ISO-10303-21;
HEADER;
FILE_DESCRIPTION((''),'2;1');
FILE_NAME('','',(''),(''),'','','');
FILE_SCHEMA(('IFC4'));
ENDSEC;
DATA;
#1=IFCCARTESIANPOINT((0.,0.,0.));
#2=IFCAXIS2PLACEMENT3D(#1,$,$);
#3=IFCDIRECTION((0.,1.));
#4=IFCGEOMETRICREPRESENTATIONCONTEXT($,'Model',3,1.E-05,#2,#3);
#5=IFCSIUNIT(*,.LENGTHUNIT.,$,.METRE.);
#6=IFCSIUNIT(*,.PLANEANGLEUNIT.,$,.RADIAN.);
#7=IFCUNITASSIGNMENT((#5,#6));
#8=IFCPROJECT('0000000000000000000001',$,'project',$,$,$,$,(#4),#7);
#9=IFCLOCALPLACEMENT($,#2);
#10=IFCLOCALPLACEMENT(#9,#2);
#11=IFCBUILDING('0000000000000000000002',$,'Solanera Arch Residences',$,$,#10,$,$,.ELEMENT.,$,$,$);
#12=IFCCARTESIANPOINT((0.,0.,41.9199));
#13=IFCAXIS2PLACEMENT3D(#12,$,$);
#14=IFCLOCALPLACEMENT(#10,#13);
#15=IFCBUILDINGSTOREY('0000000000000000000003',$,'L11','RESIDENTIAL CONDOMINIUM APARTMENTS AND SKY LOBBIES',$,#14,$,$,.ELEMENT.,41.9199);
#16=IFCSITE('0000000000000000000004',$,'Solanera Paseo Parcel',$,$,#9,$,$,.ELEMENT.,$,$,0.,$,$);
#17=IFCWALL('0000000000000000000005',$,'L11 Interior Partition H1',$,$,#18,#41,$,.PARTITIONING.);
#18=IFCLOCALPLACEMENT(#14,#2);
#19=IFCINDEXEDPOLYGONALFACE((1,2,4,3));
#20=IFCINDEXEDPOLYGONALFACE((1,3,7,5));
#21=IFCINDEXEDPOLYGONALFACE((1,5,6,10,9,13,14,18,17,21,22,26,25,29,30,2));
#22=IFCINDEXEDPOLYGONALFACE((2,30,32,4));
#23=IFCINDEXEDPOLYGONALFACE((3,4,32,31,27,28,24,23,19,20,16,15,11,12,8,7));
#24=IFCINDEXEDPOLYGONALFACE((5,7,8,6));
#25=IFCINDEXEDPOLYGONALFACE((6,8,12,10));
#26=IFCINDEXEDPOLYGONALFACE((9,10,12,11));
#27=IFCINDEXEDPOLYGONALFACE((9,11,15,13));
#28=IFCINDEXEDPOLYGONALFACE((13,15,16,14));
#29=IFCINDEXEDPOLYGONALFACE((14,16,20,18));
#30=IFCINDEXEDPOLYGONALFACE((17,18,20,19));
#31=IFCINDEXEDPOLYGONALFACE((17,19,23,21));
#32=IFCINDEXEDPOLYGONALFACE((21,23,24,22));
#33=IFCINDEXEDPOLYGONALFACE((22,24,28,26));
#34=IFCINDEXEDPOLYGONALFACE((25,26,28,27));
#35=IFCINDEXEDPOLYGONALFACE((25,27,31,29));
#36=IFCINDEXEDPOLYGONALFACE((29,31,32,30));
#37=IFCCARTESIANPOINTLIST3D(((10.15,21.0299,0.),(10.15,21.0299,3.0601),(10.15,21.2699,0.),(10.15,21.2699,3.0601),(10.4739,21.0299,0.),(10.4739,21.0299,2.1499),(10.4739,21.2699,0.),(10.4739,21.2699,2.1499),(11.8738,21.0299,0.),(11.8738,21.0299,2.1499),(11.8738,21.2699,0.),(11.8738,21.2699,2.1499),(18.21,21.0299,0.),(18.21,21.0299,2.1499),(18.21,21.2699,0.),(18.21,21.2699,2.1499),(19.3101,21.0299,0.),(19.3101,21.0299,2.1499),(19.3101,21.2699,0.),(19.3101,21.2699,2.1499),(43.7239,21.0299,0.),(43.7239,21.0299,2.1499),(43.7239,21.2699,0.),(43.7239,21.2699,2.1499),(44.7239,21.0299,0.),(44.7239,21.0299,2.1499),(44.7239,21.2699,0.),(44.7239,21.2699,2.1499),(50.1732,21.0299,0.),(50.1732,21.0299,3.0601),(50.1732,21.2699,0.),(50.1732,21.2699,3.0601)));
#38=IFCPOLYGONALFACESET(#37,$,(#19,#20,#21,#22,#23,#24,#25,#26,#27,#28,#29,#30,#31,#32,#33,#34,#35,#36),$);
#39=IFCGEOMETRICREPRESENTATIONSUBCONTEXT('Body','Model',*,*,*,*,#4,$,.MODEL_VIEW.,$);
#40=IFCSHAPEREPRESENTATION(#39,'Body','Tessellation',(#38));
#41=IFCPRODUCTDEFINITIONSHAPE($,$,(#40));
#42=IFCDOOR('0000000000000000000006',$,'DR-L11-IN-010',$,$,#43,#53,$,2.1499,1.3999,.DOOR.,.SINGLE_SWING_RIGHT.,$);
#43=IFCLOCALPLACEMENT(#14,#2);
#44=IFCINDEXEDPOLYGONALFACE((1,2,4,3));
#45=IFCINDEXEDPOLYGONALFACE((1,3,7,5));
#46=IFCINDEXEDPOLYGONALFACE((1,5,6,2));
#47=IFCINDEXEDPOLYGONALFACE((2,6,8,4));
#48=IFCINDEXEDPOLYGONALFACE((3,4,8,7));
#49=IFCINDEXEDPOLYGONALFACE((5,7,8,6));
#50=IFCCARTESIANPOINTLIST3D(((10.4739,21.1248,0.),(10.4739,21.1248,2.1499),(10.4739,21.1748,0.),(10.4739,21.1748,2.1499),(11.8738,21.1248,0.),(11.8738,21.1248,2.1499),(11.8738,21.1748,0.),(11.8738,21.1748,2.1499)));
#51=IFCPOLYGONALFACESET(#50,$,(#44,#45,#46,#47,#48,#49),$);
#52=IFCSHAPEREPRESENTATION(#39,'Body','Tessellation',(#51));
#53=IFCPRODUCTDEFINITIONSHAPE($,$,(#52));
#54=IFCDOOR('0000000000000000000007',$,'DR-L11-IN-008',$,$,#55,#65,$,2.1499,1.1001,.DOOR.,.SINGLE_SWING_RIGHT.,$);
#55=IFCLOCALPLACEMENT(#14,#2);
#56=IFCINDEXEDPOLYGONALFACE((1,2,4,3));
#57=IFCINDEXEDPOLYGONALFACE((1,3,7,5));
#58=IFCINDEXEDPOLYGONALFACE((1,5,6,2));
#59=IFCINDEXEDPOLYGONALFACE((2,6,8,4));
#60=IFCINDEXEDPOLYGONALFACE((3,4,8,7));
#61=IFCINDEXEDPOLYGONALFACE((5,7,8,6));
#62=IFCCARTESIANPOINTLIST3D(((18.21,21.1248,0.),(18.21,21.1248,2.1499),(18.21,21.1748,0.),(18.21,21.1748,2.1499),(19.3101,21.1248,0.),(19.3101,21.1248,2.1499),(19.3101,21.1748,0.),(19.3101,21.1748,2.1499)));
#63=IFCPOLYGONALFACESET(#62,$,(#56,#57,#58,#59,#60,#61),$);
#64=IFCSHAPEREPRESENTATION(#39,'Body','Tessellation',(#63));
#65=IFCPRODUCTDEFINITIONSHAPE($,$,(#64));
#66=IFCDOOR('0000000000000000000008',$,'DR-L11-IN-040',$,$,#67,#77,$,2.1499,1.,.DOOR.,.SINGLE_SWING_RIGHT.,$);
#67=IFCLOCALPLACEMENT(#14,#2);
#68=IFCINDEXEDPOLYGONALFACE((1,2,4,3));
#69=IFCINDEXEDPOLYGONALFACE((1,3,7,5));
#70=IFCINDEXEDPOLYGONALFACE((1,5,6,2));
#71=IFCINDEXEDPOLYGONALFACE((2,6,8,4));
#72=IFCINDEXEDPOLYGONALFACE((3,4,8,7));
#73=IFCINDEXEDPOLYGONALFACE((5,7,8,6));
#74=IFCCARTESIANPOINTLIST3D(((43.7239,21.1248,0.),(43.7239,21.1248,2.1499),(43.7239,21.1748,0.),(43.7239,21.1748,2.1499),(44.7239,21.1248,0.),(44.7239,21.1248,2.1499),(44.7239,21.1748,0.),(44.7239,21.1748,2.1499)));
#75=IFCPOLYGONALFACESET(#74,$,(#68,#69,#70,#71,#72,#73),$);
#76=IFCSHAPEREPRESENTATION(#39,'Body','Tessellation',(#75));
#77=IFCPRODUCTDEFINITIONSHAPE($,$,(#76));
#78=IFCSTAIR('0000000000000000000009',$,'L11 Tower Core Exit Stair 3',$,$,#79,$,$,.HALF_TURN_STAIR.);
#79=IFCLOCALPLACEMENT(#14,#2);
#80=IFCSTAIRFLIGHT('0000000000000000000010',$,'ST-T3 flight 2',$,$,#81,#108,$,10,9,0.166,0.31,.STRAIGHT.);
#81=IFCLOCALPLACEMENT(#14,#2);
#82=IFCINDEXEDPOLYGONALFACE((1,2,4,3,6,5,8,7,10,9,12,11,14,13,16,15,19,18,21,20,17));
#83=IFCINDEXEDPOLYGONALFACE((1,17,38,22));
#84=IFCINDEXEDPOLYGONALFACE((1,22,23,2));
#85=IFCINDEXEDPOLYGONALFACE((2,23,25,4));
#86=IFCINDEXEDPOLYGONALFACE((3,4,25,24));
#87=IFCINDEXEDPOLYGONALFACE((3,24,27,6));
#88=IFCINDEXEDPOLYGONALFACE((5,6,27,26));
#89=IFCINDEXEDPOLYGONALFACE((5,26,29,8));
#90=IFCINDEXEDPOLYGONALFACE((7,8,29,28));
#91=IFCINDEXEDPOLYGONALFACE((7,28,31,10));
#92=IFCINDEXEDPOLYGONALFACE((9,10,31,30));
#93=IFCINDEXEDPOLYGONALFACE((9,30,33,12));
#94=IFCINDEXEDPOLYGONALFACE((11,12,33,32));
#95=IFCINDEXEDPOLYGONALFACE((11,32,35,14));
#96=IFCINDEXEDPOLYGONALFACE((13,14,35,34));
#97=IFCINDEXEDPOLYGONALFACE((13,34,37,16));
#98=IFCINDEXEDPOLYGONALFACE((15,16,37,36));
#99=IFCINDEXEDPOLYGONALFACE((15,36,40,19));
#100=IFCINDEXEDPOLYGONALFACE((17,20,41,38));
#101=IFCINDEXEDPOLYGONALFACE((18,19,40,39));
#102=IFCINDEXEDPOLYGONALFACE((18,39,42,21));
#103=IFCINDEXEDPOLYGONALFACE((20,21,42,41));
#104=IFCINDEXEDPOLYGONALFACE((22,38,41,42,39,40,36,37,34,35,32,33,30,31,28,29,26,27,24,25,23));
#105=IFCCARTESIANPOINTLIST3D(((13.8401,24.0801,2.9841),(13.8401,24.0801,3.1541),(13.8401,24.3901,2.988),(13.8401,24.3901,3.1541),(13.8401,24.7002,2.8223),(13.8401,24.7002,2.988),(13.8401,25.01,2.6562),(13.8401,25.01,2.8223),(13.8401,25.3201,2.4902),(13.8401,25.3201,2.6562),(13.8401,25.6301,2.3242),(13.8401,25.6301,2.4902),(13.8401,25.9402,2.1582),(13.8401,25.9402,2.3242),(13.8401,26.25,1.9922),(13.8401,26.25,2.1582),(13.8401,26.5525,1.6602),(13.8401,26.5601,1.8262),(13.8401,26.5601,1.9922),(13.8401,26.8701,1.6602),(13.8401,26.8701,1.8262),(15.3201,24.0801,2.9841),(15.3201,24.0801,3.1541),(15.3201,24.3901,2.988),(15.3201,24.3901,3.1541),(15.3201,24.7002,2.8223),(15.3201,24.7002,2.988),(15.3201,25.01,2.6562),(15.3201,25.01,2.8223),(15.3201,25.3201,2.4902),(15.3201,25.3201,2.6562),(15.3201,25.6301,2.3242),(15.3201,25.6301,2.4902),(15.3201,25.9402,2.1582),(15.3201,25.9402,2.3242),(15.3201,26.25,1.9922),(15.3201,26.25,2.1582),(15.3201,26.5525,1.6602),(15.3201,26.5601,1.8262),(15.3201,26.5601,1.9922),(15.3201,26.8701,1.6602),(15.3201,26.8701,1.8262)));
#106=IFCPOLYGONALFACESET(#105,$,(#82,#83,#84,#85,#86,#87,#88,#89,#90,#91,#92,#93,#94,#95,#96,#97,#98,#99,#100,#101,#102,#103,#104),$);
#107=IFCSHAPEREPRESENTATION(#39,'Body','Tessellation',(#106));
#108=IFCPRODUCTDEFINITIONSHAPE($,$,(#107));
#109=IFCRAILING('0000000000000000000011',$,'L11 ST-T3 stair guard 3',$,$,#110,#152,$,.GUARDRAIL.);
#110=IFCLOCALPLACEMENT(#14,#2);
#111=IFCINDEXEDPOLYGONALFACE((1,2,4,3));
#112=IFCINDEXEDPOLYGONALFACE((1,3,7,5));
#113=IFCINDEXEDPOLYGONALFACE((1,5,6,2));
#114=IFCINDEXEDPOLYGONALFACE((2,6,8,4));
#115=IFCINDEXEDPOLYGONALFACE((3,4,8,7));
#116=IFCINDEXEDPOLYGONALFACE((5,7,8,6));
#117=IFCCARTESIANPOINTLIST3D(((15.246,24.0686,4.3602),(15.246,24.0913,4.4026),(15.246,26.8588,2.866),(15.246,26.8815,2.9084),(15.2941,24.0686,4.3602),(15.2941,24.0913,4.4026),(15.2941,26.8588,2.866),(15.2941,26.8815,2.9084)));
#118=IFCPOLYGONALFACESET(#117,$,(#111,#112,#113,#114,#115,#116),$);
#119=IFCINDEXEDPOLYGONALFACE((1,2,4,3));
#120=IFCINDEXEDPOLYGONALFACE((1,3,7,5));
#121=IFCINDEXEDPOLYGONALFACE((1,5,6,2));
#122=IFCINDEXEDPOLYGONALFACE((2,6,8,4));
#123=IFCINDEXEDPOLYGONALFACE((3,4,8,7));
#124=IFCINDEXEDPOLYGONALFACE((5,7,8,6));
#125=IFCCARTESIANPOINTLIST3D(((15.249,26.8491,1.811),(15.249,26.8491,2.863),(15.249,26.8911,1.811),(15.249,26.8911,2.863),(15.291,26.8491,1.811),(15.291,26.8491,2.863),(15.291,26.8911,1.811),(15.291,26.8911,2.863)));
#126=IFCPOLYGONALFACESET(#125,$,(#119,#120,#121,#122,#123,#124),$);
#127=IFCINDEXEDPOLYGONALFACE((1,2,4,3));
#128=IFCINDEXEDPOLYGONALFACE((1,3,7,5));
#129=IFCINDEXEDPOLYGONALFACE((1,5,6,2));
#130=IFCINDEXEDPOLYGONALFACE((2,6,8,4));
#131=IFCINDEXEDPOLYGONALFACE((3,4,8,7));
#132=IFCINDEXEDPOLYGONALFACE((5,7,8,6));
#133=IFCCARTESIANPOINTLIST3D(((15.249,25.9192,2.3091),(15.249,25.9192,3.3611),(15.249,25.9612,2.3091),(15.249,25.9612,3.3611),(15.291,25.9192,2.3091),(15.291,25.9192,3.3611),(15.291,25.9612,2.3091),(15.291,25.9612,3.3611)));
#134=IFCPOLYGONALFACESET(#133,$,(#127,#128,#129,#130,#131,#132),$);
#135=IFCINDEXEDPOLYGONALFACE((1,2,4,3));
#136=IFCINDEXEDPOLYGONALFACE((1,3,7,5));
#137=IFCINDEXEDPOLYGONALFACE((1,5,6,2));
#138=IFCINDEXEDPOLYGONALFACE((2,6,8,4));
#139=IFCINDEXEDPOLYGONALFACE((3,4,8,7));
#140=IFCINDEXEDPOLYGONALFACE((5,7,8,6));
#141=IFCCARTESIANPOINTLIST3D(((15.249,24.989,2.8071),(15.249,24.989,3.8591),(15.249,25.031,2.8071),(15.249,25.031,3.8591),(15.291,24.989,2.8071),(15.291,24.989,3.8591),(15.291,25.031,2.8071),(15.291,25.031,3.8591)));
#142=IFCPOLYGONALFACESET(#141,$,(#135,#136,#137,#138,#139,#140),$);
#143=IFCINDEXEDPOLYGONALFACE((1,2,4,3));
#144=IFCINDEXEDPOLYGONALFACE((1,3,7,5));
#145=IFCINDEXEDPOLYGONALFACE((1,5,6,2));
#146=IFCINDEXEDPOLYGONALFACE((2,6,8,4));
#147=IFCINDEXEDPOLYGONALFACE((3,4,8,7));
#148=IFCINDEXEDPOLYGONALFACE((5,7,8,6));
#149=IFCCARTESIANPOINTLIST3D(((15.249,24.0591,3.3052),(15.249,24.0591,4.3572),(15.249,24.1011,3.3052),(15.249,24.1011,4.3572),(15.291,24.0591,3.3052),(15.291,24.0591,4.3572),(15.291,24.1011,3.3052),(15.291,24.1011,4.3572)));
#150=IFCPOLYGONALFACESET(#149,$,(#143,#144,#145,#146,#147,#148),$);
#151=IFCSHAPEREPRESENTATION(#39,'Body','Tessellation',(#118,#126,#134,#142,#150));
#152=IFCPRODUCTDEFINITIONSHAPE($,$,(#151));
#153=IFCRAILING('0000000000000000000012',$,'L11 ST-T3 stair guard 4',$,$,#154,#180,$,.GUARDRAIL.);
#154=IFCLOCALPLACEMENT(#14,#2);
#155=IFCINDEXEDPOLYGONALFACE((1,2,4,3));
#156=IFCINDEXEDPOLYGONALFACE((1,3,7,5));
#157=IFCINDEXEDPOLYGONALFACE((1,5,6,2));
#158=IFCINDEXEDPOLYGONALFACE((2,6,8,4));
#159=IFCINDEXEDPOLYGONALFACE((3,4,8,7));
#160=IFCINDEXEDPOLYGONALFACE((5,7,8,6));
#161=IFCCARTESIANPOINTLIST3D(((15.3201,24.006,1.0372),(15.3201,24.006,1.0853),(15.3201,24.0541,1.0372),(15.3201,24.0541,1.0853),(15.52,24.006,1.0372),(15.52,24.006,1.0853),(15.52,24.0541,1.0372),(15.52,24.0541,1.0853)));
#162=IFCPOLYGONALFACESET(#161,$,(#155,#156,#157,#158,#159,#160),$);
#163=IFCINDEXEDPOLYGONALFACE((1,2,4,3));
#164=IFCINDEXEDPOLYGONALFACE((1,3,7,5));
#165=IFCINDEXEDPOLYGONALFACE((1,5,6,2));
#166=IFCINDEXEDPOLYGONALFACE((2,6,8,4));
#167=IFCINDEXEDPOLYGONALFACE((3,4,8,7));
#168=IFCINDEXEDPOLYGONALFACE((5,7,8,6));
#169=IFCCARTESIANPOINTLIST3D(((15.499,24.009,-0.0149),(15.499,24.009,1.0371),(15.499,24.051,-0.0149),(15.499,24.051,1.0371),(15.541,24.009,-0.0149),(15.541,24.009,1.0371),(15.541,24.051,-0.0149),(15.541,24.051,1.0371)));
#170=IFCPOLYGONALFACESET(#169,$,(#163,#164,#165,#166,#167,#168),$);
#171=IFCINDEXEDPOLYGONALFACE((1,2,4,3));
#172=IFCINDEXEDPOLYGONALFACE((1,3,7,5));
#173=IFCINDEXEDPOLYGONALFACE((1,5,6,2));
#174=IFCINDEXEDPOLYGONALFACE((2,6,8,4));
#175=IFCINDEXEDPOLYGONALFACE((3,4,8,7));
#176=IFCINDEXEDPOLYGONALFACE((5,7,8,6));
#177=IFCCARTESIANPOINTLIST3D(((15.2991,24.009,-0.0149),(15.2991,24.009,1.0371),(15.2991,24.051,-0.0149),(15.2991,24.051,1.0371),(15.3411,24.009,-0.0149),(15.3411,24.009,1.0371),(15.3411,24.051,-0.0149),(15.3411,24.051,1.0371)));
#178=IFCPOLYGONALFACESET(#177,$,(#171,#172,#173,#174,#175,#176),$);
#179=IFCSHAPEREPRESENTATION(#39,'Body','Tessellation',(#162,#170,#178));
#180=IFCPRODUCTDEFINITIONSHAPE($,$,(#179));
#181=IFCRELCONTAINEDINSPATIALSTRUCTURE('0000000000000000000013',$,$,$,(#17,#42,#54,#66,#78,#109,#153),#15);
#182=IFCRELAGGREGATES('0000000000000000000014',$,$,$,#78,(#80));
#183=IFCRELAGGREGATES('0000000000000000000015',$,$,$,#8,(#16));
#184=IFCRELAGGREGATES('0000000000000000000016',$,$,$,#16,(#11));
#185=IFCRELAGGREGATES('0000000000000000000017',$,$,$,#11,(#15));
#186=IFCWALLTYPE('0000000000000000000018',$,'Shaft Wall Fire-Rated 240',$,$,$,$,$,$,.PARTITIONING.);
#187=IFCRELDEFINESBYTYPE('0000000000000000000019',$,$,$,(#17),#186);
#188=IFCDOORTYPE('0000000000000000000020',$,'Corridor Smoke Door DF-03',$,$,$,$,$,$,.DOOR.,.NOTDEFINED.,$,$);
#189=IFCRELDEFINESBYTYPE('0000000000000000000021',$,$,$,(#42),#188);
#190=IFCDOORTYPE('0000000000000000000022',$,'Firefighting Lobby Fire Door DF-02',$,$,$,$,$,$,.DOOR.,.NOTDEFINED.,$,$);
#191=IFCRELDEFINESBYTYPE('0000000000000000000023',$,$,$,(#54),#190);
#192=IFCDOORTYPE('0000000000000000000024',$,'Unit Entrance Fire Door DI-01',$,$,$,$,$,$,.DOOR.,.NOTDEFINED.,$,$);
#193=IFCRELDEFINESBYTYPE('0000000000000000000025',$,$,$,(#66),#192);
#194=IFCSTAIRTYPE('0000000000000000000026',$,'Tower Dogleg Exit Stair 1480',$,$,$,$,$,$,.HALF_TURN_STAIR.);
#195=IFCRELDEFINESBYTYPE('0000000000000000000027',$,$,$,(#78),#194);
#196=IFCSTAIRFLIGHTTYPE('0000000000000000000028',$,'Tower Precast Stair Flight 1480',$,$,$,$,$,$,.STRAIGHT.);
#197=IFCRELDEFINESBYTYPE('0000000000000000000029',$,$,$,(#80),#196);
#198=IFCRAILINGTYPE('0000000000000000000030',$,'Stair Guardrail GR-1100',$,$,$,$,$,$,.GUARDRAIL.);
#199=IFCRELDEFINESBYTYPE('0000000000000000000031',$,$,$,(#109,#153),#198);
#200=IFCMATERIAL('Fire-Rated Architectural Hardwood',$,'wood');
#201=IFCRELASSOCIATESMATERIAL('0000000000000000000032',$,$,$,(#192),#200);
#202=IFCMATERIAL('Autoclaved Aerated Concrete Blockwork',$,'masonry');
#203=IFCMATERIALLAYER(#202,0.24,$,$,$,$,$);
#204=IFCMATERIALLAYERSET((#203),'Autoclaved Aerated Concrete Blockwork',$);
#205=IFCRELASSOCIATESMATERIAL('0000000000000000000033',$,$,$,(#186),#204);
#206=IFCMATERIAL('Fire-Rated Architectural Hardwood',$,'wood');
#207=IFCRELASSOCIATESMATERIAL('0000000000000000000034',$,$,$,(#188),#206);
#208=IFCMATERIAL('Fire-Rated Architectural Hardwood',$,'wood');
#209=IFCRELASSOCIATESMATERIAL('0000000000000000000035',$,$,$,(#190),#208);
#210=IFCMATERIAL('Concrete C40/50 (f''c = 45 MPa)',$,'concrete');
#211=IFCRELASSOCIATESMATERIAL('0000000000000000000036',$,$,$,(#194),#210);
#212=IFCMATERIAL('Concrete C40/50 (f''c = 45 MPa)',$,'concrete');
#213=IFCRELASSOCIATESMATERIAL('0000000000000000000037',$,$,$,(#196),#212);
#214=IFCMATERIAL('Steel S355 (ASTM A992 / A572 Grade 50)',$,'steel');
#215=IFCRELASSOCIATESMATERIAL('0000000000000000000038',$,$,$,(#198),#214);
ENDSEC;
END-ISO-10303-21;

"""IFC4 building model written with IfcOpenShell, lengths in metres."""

from ifc_helpers import new_model, si_unit, direction, frame, frame_2d, origin, origin_2d, place, context, subcontext, project, spatial, polyline, rectangle, outline, extrude, material, layer, layer_set, type_object, element, fill, aggregate, save


model = new_model("IFC4")

# Units and contexts
model_context = context("Model", 3, precision=1e-05, world=origin(), true_north=direction((0.0, 1.0)))
body_context = subcontext(model_context, "Body", "Model", "MODEL_VIEW")
ifc_project = project(units=[si_unit("LENGTHUNIT", "METRE"), si_unit("PLANEANGLEUNIT", "RADIAN")], contexts=[model_context])

# Site, building, storey
site_placement = place(None, origin())
site = spatial("IfcSite", under=ifc_project, at=site_placement, Name="Solanera Paseo Parcel", CompositionType="ELEMENT", RefElevation=0.0)
building_placement = place(site_placement, origin())
building = spatial("IfcBuilding", under=site, at=building_placement, Name="Solanera Arch Residences", CompositionType="ELEMENT")
storey_placement = place(building_placement, frame((0.0, 0.0, 41.9199)))
storey = spatial("IfcBuildingStorey", under=building, at=storey_placement, Name="L11", Description="RESIDENTIAL CONDOMINIUM APARTMENTS AND SKY LOBBIES", CompositionType="ELEMENT", Elevation=41.9199)

# Shared definitions
ifc_material_1 = material(Name="Fire-Rated Architectural Hardwood", Category="wood")
door_type_1 = type_object("IfcDoorType", Name="Unit Entrance Fire Door DI-01", OperationType="NOTDEFINED", PredefinedType="DOOR", material=ifc_material_1)

# Wall, openings, doors
ifc_material_2 = material(Name="Autoclaved Aerated Concrete Blockwork", Category="masonry")
ifc_layer_1 = layer(ifc_material_2, 0.24)
ifc_layer_set_1 = layer_set([ifc_layer_1], Name="Autoclaved Aerated Concrete Blockwork")
wall_type_1 = type_object("IfcWallType", Name="Shaft Wall Fire-Rated 240", PredefinedType="PARTITIONING", material=ifc_layer_set_1)
wall_1_placement = place(storey_placement, frame((10.1499, 21.1499, 0.0), z_axis=(0.0, 0.0, 1.0), x_axis=(1.0, 0.0, 0.0)))
wall_1 = element("IfcWall", 1, at=wall_1_placement, inside=storey, type_object=wall_type_1, Name="L11 Interior Partition H1", PredefinedType="PARTITIONING", context=body_context, shape_type="SweptSolid", body=[
    extrude(rectangle(XDim=40.0232, YDim=0.24, at=frame_2d((20.0117, 0.0))), origin(), (0.0, 0.0, 1.0), 3.0601),
])
opening_1_placement = place(wall_1_placement, frame((8.0601, 0.0, 0.0)))
opening_1 = element("IfcOpeningElement", 2, at=opening_1_placement, cuts=wall_1, PredefinedType="OPENING", context=body_context, shape_type="SweptSolid", body=[
    extrude(rectangle(XDim=1.1001, YDim=2.1499, at=frame_2d((0.55, 1.075))), frame((0.0, 0.1299, 0.0), z_axis=(0.0, -1.0, 0.0), x_axis=(1.0, 0.0, 0.0)), (0.0, 0.0, 1.0), 0.26),
])
opening_2_placement = place(wall_1_placement, frame((0.324, 0.0, 0.0)))
opening_2 = element("IfcOpeningElement", 3, at=opening_2_placement, cuts=wall_1, PredefinedType="OPENING", context=body_context, shape_type="SweptSolid", body=[
    extrude(rectangle(XDim=1.3999, YDim=2.1499, at=frame_2d((0.7, 1.075))), frame((0.0, 0.1299, 0.0), z_axis=(0.0, -1.0, 0.0), x_axis=(1.0, 0.0, 0.0)), (0.0, 0.0, 1.0), 0.26),
])
opening_3_placement = place(wall_1_placement, frame((33.574, 0.0, 0.0)))
opening_3 = element("IfcOpeningElement", 4, at=opening_3_placement, cuts=wall_1, PredefinedType="OPENING", context=body_context, shape_type="SweptSolid", body=[
    extrude(rectangle(XDim=1.0, YDim=2.1499, at=frame_2d((0.5, 1.075))), frame((0.0, 0.1299, 0.0), z_axis=(0.0, -1.0, 0.0), x_axis=(1.0, 0.0, 0.0)), (0.0, 0.0, 1.0), 0.26),
])
ifc_material_3 = material(Name="Fire-Rated Architectural Hardwood", Category="wood")
door_type_2 = type_object("IfcDoorType", Name="Corridor Smoke Door DF-03", OperationType="NOTDEFINED", PredefinedType="DOOR", material=ifc_material_3)
door_1_placement = place(opening_2_placement, origin())
door_1 = element("IfcDoor", 5, at=door_1_placement, inside=storey, type_object=door_type_2, Name="DR-L11-IN-010", OperationType="SINGLE_SWING_RIGHT", OverallHeight=2.1499, OverallWidth=1.3999, PredefinedType="DOOR", context=body_context, shape_type="SweptSolid", body=[
    extrude(rectangle(XDim=1.3999, YDim=2.1499, at=frame_2d((0.7, 1.075))), frame((0.0, 0.0249, 0.0), z_axis=(0.0, -1.0, 0.0), x_axis=(1.0, 0.0, 0.0)), (0.0, 0.0, 1.0), 0.05),
])
fill(opening_2, door_1)
ifc_material_4 = material(Name="Fire-Rated Architectural Hardwood", Category="wood")
door_type_3 = type_object("IfcDoorType", Name="Firefighting Lobby Fire Door DF-02", OperationType="NOTDEFINED", PredefinedType="DOOR", material=ifc_material_4)
door_2_placement = place(opening_1_placement, origin())
door_2 = element("IfcDoor", 6, at=door_2_placement, inside=storey, type_object=door_type_3, Name="DR-L11-IN-008", OperationType="SINGLE_SWING_RIGHT", OverallHeight=2.1499, OverallWidth=1.1001, PredefinedType="DOOR", context=body_context, shape_type="SweptSolid", body=[
    extrude(rectangle(XDim=1.1001, YDim=2.1499, at=frame_2d((0.55, 1.075))), frame((0.0, 0.0249, 0.0), z_axis=(0.0, -1.0, 0.0), x_axis=(1.0, 0.0, 0.0)), (0.0, 0.0, 1.0), 0.05),
])
fill(opening_1, door_2)
door_3_placement = place(opening_3_placement, origin())
door_3 = element("IfcDoor", 7, at=door_3_placement, inside=storey, type_object=door_type_1, Name="DR-L11-IN-040", OperationType="SINGLE_SWING_RIGHT", OverallHeight=2.1499, OverallWidth=1.0, PredefinedType="DOOR", context=body_context, shape_type="SweptSolid", body=[
    extrude(rectangle(XDim=1.0, YDim=2.1499, at=frame_2d((0.5, 1.075))), frame((0.0, 0.0249, 0.0), z_axis=(0.0, -1.0, 0.0), x_axis=(1.0, 0.0, 0.0)), (0.0, 0.0, 1.0), 0.05),
])
fill(opening_3, door_3)

# Stair, stair flight
ifc_material_5 = material(Name="Concrete C40/50 (f'c = 45 MPa)", Category="concrete")
stair_type = type_object("IfcStairType", Name="Tower Dogleg Exit Stair 1480", PredefinedType="HALF_TURN_STAIR", material=ifc_material_5)
stair_placement = place(storey_placement, origin())
stair = element("IfcStair", 8, at=stair_placement, inside=storey, type_object=stair_type, Name="L11 Tower Core Exit Stair 3", PredefinedType="HALF_TURN_STAIR")
ifc_material_6 = material(Name="Concrete C40/50 (f'c = 45 MPa)", Category="concrete")
stair_flight_type = type_object("IfcStairFlightType", Name="Tower Precast Stair Flight 1480", PredefinedType="STRAIGHT", material=ifc_material_6)
stair_flight_placement = place(storey_placement, frame((14.5801, 26.8701, 1.6602), z_axis=(0.0, 0.0, 1.0), x_axis=(0.0, -1.0, 0.0)))
stair_flight = element("IfcStairFlight", 9, at=stair_flight_placement, type_object=stair_flight_type, Name="ST-T3 flight 2", NumberOfRisers=10, NumberOfTreads=9, PredefinedType="STRAIGHT", RiserHeight=0.166, TreadLength=0.31, context=body_context, shape_type="SweptSolid", body=[
    extrude(outline(polyline([(0.0, 0.0), (0.0, 0.166), (0.3101, 0.166), (0.3101, 0.332), (0.6201, 0.332), (0.6201, 0.498), (0.9299, 0.498), (0.9299, 0.6641), (1.24, 0.6641), (1.24, 0.8301), (1.55, 0.8301), (1.55, 0.9961), (1.8601, 0.9961), (1.8601, 1.1621), (2.1699, 1.1621), (2.1699, 1.3279), (2.48, 1.3279), (2.48, 1.4939), (2.79, 1.4939), (2.79, 1.6599), (2.79, 1.324), (0.3176, 0.0), (0.0, 0.0)])), frame((0.0, 0.74, 0.0), z_axis=(0.0, -1.0, 0.0), x_axis=(1.0, 0.0, 0.0)), (0.0, 0.0, 1.0), 1.48),
])
aggregate(stair, [stair_flight])

# Railings
ifc_material_7 = material(Name="Steel S355 (ASTM A992 / A572 Grade 50)", Category="steel")
railing_type_1 = type_object("IfcRailingType", Name="Stair Guardrail GR-1100", PredefinedType="GUARDRAIL", material=ifc_material_7)
railing_1_placement = place(storey_placement, frame((15.27, 26.8701, 1.811)))
element("IfcRailing", 10, at=railing_1_placement, inside=storey, type_object=railing_type_1, Name="L11 ST-T3 stair guard 3", PredefinedType="GUARDRAIL", context=body_context, shape_type="SweptSolid", body=[
    extrude(rectangle(XDim=0.0481, YDim=0.0481, at=origin_2d()), frame((0.0, 0.0, 1.0762), z_axis=(0.0, -0.881549, 0.472093), x_axis=(1.0, 0.0, 0.0)), (0.0, 0.0, 1.0), 3.165),
    extrude(rectangle(XDim=0.042, YDim=0.042, at=origin_2d()), origin(), (0.0, 0.0, 1.0), 1.052),
    extrude(rectangle(XDim=0.042, YDim=0.042, at=origin_2d()), frame((0.0, -0.9299, 0.498)), (0.0, 0.0, 1.0), 1.052),
    extrude(rectangle(XDim=0.042, YDim=0.042, at=origin_2d()), frame((0.0, -1.8601, 0.9961)), (0.0, 0.0, 1.0), 1.052),
    extrude(rectangle(XDim=0.042, YDim=0.042, at=origin_2d()), frame((0.0, -2.79, 1.4941)), (0.0, 0.0, 1.0), 1.052),
])
railing_2_placement = place(storey_placement, frame((15.52, 24.03, -0.0149)))
element("IfcRailing", 11, at=railing_2_placement, inside=storey, type_object=railing_type_1, Name="L11 ST-T3 stair guard 4", PredefinedType="GUARDRAIL", context=body_context, shape_type="SweptSolid", body=[
    extrude(rectangle(XDim=0.0481, YDim=0.0481, at=origin_2d()), frame((0.0, 0.0, 1.0762), z_axis=(-1.0, 0.0, 0.0), x_axis=(0.0, -1.0, 0.0)), (0.0, 0.0, 1.0), 0.2),
    extrude(rectangle(XDim=0.042, YDim=0.042, at=origin_2d()), origin(), (0.0, 0.0, 1.0), 1.052),
    extrude(rectangle(XDim=0.042, YDim=0.042, at=origin_2d()), frame((-0.2, 0.0, 0.0)), (0.0, 0.0, 1.0), 1.052),
])

save(model, "model.ifc")
